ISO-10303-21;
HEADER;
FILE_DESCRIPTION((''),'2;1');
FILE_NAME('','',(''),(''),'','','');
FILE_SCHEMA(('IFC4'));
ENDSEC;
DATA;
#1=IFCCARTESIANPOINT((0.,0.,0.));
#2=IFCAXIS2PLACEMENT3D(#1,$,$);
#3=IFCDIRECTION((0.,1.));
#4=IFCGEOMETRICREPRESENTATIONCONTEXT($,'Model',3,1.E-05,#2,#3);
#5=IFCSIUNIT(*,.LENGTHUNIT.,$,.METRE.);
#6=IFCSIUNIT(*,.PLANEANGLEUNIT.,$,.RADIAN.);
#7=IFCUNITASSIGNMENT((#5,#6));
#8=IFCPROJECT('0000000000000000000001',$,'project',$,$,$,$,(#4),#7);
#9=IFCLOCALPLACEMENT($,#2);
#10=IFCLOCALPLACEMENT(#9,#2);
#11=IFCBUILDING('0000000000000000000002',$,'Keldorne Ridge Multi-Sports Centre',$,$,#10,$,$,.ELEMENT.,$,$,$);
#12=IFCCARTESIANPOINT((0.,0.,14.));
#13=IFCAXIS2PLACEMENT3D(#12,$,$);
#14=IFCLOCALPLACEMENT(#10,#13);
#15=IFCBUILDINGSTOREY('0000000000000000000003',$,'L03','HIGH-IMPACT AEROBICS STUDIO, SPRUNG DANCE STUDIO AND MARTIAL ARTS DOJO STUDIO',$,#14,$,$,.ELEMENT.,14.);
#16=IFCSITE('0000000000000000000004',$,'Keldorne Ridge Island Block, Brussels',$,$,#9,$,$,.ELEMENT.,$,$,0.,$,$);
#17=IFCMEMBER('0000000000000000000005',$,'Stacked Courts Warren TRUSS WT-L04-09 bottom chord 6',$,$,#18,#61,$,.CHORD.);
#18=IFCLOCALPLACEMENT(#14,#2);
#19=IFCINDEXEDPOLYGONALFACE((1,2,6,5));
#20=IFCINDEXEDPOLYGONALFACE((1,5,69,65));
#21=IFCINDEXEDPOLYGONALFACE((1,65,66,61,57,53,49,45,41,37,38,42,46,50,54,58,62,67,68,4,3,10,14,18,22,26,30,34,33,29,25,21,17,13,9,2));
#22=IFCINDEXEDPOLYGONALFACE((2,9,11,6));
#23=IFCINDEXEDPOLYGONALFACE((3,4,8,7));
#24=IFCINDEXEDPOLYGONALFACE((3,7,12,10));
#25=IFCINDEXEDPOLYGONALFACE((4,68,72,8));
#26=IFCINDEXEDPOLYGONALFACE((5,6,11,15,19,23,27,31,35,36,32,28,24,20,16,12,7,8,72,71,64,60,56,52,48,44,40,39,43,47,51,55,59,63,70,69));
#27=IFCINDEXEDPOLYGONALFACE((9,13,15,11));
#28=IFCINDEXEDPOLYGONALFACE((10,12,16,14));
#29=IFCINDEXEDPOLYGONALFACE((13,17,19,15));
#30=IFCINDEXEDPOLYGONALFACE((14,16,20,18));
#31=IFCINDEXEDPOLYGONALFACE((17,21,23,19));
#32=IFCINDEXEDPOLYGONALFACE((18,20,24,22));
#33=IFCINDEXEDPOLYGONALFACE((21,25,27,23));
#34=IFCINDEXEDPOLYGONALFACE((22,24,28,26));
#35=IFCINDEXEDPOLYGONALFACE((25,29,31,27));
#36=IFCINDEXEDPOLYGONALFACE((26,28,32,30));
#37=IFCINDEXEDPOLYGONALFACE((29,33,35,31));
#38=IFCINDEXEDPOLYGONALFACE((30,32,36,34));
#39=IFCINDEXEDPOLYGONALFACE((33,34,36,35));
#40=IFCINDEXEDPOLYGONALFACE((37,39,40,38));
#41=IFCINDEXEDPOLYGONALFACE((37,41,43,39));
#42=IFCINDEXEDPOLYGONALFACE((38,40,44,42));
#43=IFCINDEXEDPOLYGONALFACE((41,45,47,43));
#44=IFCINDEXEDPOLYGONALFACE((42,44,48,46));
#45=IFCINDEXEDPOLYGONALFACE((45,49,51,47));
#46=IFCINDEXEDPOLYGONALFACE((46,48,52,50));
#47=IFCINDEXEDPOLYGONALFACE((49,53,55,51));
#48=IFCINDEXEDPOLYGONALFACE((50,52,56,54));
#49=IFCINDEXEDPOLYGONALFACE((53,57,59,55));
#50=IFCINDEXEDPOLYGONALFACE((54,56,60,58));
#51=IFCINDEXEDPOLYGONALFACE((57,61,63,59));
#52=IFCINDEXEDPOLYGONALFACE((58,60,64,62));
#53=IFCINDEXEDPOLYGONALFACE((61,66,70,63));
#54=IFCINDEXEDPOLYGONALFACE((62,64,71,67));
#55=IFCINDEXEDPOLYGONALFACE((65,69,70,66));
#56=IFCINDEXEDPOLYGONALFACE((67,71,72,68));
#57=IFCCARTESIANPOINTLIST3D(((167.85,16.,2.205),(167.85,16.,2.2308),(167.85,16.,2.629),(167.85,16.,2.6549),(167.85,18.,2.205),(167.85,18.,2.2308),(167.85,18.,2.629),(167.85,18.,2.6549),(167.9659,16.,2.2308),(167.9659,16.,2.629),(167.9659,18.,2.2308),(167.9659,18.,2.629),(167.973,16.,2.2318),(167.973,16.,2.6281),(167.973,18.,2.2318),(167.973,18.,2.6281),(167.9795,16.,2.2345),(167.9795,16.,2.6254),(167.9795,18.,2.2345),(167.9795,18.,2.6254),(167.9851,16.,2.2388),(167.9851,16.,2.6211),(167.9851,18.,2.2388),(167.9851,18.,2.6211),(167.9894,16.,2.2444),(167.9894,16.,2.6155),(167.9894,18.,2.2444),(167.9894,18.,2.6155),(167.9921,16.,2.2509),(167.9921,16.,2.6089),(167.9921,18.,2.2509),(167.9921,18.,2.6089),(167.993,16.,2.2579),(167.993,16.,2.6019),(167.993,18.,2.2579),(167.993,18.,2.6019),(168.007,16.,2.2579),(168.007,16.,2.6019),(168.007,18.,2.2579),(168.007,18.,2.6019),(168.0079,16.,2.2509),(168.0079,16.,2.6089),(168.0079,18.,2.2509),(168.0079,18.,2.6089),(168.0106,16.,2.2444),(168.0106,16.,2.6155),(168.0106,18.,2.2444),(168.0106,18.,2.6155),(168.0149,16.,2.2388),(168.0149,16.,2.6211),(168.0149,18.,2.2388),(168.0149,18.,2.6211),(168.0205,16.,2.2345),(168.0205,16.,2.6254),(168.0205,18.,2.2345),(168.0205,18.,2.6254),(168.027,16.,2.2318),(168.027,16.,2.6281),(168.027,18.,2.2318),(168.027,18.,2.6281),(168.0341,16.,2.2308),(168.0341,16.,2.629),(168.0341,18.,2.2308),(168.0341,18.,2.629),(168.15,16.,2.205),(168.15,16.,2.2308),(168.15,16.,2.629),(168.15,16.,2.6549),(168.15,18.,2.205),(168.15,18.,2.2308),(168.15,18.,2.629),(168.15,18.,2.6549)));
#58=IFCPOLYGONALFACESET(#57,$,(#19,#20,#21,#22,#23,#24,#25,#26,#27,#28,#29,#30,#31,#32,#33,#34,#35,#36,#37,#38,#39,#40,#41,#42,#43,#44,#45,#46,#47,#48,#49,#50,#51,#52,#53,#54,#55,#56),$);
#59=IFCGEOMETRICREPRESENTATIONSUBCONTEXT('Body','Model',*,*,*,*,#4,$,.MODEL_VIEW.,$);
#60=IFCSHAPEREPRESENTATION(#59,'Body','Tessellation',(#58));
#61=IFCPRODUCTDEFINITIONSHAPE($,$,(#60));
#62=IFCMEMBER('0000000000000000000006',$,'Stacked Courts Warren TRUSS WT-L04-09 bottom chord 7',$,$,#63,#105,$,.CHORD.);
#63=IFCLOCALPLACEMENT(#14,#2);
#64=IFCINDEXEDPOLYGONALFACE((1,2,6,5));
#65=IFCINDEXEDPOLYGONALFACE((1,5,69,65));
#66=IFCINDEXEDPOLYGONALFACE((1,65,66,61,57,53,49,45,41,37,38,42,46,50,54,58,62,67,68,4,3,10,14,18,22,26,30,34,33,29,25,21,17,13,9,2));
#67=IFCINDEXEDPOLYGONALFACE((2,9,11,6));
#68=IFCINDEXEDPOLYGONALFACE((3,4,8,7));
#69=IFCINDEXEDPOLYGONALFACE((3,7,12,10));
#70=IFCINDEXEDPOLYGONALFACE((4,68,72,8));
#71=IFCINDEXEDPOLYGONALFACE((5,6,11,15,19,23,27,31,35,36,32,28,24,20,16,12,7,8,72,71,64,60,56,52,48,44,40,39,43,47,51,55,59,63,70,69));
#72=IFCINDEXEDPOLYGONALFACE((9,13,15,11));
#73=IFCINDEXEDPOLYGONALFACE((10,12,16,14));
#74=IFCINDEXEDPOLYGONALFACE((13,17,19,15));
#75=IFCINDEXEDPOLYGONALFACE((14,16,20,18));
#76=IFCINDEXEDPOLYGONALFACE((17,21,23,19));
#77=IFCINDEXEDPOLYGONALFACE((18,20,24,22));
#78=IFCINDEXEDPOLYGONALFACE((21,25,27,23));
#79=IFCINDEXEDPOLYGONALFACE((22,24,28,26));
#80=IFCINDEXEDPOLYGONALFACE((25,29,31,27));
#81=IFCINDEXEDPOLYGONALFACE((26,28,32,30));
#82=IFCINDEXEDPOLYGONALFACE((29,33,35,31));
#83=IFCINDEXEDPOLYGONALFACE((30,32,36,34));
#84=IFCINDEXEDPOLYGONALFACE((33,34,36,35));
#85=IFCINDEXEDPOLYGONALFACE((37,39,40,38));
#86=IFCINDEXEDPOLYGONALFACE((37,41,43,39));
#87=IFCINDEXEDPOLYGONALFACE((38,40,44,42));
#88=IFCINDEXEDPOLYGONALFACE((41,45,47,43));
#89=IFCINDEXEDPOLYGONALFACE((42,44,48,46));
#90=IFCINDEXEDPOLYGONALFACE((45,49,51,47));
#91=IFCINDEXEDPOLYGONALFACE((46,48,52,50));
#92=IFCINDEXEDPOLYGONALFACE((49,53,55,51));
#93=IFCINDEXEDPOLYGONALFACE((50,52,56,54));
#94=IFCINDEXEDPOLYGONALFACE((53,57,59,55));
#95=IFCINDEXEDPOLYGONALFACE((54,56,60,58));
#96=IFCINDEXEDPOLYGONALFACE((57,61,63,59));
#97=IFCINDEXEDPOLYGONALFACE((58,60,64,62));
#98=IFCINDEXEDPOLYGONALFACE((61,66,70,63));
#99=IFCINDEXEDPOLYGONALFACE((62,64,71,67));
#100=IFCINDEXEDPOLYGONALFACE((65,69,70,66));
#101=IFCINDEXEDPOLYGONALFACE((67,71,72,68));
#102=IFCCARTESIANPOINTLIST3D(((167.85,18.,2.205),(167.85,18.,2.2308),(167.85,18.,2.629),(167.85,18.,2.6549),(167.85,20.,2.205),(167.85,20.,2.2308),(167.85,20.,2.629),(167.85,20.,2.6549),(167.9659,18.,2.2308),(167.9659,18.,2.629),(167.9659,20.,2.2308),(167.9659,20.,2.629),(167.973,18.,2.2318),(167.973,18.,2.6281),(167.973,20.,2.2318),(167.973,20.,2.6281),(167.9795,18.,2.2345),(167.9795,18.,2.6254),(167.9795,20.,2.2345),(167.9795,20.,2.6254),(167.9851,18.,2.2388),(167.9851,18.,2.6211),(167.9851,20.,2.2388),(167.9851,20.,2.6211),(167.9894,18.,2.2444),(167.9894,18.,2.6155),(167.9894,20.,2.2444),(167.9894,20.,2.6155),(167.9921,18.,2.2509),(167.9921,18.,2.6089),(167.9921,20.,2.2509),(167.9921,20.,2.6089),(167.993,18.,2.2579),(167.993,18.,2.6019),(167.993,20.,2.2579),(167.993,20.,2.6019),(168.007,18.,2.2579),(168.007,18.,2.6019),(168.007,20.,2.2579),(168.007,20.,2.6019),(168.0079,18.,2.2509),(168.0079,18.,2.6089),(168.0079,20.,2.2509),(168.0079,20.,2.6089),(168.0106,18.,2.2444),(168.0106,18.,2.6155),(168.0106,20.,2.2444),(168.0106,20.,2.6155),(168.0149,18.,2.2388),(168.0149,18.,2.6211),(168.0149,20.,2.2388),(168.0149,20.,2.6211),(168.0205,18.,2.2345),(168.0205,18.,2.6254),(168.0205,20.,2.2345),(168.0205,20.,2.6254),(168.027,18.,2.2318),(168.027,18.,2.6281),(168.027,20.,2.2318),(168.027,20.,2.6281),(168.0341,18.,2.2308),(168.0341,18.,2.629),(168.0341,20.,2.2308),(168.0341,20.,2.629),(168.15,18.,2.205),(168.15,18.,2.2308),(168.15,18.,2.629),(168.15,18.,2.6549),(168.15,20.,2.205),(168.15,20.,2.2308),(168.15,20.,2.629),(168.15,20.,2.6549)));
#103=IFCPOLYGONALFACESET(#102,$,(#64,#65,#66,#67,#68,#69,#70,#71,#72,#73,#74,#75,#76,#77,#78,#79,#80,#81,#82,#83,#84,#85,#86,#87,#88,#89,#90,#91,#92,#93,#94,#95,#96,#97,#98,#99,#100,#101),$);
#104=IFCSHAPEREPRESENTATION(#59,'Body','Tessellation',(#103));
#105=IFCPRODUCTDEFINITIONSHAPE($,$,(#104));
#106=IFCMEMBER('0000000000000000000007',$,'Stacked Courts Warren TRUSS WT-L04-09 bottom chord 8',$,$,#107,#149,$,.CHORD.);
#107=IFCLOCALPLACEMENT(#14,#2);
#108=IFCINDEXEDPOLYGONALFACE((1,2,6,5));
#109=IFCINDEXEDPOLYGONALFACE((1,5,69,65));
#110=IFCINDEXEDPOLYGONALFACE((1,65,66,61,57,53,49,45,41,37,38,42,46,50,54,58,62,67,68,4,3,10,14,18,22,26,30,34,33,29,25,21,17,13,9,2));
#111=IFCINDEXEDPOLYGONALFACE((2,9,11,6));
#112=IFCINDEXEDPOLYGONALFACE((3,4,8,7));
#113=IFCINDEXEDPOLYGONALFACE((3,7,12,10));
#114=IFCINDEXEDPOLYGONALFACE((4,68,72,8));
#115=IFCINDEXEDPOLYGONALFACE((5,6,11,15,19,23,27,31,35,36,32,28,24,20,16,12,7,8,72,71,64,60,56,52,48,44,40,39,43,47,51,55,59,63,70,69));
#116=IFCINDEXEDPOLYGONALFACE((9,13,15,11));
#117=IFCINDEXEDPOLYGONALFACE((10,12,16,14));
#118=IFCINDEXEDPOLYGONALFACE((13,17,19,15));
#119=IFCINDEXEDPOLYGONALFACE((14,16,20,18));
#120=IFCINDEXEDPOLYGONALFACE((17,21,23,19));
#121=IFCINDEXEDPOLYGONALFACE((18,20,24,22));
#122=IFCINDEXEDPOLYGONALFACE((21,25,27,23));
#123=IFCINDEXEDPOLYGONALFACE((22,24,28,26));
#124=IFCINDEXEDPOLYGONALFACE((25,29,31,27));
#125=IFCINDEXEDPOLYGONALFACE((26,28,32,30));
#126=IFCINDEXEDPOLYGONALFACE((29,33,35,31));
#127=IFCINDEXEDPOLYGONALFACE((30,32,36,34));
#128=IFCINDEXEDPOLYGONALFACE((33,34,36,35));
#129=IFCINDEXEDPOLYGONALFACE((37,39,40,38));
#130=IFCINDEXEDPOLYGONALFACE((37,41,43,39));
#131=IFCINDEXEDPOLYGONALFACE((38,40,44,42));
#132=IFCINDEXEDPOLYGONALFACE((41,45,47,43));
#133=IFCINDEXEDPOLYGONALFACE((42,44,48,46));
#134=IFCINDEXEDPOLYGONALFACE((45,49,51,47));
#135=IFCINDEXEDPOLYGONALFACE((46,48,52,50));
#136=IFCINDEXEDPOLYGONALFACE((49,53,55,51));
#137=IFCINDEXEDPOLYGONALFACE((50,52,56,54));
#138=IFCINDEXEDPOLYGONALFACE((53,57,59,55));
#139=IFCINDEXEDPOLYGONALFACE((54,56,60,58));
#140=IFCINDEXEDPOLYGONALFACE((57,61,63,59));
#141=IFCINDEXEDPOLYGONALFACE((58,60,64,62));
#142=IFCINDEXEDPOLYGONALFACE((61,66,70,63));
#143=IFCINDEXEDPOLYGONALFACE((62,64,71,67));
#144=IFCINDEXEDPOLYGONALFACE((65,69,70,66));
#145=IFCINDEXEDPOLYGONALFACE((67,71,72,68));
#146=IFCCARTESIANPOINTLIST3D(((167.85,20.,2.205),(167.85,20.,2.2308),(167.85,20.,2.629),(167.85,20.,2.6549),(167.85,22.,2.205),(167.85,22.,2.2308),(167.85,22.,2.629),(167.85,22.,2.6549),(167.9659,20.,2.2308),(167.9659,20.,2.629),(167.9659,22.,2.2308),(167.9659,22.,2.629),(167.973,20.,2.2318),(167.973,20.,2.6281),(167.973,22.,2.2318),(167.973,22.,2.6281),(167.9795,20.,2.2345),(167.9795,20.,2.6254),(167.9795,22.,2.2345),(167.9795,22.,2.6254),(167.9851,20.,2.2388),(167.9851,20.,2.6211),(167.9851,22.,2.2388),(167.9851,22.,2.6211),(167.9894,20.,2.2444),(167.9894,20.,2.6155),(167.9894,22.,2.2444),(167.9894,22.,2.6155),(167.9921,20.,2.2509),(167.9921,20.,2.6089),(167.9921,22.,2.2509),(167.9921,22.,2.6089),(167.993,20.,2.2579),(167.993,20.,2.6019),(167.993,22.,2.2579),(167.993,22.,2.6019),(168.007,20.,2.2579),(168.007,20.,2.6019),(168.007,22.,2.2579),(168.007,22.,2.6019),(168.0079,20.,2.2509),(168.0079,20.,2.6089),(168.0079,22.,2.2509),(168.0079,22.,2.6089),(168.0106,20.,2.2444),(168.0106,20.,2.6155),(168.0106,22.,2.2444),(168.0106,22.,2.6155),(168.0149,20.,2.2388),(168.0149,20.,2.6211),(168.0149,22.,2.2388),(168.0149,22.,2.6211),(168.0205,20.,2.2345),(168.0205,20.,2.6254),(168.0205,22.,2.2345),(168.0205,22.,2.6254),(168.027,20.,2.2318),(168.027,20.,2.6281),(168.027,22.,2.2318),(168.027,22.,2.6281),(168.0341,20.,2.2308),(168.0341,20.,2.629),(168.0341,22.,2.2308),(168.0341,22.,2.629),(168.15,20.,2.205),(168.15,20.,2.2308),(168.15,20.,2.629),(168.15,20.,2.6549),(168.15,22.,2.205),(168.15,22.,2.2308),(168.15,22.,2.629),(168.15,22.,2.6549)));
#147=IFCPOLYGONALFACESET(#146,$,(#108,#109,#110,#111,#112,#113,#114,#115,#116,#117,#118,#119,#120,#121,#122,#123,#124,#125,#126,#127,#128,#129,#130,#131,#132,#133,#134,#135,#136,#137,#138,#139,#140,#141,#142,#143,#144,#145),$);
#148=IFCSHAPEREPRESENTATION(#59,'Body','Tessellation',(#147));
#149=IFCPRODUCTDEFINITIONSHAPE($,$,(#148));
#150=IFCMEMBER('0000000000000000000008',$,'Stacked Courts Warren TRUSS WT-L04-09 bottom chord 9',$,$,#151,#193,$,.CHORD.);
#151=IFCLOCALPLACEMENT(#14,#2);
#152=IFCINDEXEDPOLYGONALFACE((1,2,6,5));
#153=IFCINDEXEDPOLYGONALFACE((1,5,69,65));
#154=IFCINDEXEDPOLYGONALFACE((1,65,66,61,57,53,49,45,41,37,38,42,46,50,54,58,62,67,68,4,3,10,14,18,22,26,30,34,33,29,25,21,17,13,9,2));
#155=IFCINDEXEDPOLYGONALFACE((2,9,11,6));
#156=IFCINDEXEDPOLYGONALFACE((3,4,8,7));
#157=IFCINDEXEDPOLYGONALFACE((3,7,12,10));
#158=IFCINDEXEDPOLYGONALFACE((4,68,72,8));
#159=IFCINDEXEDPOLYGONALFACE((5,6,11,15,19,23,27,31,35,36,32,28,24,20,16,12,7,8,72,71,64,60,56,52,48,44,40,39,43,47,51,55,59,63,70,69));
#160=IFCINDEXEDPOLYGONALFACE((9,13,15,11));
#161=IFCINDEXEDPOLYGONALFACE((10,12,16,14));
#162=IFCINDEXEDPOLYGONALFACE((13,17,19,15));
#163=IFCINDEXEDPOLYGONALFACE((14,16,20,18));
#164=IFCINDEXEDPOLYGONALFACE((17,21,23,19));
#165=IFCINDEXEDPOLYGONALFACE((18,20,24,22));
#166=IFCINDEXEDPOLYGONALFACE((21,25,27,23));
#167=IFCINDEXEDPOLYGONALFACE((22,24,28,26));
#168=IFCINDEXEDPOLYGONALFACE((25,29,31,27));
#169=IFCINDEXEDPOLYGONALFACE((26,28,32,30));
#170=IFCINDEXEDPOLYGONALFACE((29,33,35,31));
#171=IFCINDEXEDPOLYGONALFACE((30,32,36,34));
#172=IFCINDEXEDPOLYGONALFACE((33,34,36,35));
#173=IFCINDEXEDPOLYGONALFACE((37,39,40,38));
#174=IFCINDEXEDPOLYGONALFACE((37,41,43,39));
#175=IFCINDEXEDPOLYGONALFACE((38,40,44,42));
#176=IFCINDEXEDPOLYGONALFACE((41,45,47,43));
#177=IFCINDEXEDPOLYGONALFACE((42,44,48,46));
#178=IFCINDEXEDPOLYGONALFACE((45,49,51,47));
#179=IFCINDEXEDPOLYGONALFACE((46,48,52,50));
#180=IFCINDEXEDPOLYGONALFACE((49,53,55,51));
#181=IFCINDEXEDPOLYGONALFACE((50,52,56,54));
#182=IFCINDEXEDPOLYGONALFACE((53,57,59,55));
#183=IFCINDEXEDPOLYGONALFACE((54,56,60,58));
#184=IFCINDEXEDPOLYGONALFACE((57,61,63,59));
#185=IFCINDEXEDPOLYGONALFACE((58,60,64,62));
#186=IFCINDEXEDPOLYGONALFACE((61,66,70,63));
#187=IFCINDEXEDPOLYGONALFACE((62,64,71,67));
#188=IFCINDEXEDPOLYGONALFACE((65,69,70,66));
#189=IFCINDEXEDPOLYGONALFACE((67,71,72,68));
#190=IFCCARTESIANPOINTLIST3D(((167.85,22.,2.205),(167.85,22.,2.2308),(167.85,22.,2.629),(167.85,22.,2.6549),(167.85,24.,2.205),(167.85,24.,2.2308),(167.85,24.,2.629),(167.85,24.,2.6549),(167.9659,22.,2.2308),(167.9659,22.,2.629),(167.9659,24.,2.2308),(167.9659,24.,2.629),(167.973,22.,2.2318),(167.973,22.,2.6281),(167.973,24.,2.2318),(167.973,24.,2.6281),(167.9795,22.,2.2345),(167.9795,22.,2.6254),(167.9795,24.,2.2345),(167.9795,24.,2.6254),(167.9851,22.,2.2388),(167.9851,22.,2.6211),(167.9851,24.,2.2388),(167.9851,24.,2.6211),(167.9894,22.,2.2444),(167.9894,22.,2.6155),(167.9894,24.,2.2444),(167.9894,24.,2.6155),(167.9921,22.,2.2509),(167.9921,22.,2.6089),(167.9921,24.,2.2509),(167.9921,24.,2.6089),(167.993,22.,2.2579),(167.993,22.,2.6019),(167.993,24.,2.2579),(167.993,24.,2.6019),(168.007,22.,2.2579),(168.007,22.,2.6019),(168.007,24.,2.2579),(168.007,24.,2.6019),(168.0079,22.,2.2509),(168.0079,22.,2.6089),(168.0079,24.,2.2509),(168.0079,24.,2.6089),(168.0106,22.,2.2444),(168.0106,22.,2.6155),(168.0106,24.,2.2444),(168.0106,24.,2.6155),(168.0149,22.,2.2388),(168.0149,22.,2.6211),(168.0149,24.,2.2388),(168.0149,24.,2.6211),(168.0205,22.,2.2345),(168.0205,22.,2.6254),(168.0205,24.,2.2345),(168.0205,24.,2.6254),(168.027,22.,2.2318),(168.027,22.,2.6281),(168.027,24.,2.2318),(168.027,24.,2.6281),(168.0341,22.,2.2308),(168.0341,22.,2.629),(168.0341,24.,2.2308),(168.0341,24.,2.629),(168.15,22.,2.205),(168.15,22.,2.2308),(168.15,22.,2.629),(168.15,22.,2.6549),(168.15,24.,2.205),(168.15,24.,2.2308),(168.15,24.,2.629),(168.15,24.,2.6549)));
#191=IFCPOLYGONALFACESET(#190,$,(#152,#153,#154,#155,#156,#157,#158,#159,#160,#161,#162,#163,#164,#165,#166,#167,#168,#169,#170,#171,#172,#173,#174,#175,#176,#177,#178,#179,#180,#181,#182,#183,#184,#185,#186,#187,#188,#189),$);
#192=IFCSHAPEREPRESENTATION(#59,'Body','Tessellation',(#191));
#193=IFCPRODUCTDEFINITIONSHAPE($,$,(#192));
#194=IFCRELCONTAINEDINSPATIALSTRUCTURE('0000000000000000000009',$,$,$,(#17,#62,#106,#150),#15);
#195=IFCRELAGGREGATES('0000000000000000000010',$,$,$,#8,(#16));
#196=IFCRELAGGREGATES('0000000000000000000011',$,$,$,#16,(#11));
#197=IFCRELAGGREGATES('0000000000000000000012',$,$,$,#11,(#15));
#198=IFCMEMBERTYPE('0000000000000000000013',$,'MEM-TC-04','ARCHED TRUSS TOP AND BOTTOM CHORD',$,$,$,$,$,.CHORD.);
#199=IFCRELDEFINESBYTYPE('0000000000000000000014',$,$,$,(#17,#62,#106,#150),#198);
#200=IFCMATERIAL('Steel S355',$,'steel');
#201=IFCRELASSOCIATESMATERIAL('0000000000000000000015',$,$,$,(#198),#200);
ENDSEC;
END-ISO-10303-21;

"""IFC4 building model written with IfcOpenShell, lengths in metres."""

from ifc_helpers import new_model, si_unit, direction, frame, origin, origin_2d, place, context, subcontext, project, spatial, i_section, extrude, material, material_profile, profile_set, type_object, element, save


model = new_model("IFC4")

# Units and contexts
model_context = context("Model", 3, precision=1e-05, world=origin(), true_north=direction((0.0, 1.0)))
body_context = subcontext(model_context, "Body", "Model", "MODEL_VIEW")
ifc_project = project(units=[si_unit("LENGTHUNIT", "METRE"), si_unit("PLANEANGLEUNIT", "RADIAN")], contexts=[model_context])

# Site, building, storey
site_placement = place(None, origin())
site = spatial("IfcSite", under=ifc_project, at=site_placement, Name="Keldorne Ridge Island Block, Brussels", CompositionType="ELEMENT", RefElevation=0.0)
building_placement = place(site_placement, origin())
building = spatial("IfcBuilding", under=site, at=building_placement, Name="Keldorne Ridge Multi-Sports Centre", CompositionType="ELEMENT")
storey_placement = place(building_placement, frame((0.0, 0.0, 14.0)))
storey = spatial("IfcBuildingStorey", under=building, at=storey_placement, Name="L03", Description="HIGH-IMPACT AEROBICS STUDIO, SPRUNG DANCE STUDIO AND MARTIAL ARTS DOJO STUDIO", CompositionType="ELEMENT", Elevation=14.0)

# Shared definitions
ifc_material_1 = material(Name="Steel S355", Category="steel")

# Members
ifc_material_profile_1 = material_profile(ifc_material_1, i_section(OverallWidth=0.3, OverallDepth=0.45, WebThickness=0.0139, FlangeThickness=0.0259, FilletRadius=0.0271, at=origin_2d()), Name="HEB 450")
ifc_profile_set_1 = profile_set([ifc_material_profile_1], Name="Steel S355")
member_type_1 = type_object("IfcMemberType", Name="MEM-TC-04", Description="ARCHED TRUSS TOP AND BOTTOM CHORD", PredefinedType="CHORD", material=ifc_profile_set_1)
for number, where, z_axis, x_axis, name in (
    (1, (168.0, 16.0, 2.4299), (0.0, 1.0, 0.0), (-1.0, 0.0, 0.0), "Stacked Courts Warren TRUSS WT-L04-09 bottom chord 6"),
    (2, (168.0, 18.0, 2.4299), (0.0, 1.0, 0.0), (-1.0, 0.0, 0.0), "Stacked Courts Warren TRUSS WT-L04-09 bottom chord 7"),
    (3, (168.0, 20.0, 2.4299), (0.0, 1.0, 0.0), (-1.0, 0.0, 0.0), "Stacked Courts Warren TRUSS WT-L04-09 bottom chord 8"),
    (4, (168.0, 22.0, 2.4299), (0.0, 1.0, 0.0), (-1.0, 0.0, 0.0), "Stacked Courts Warren TRUSS WT-L04-09 bottom chord 9"),
):
    element("IfcMember", number, at=place(storey_placement, frame(where, z_axis=z_axis, x_axis=x_axis)), inside=storey, type_object=member_type_1, Name=name, PredefinedType="CHORD", context=body_context, shape_type="SweptSolid", body=[
        extrude(i_section(OverallWidth=0.3, OverallDepth=0.45, WebThickness=0.0139, FlangeThickness=0.0259, FilletRadius=0.0271, at=origin_2d()), origin(), (0.0, 0.0, 1.0), 2.0),
    ])

save(model, "model.ifc")
